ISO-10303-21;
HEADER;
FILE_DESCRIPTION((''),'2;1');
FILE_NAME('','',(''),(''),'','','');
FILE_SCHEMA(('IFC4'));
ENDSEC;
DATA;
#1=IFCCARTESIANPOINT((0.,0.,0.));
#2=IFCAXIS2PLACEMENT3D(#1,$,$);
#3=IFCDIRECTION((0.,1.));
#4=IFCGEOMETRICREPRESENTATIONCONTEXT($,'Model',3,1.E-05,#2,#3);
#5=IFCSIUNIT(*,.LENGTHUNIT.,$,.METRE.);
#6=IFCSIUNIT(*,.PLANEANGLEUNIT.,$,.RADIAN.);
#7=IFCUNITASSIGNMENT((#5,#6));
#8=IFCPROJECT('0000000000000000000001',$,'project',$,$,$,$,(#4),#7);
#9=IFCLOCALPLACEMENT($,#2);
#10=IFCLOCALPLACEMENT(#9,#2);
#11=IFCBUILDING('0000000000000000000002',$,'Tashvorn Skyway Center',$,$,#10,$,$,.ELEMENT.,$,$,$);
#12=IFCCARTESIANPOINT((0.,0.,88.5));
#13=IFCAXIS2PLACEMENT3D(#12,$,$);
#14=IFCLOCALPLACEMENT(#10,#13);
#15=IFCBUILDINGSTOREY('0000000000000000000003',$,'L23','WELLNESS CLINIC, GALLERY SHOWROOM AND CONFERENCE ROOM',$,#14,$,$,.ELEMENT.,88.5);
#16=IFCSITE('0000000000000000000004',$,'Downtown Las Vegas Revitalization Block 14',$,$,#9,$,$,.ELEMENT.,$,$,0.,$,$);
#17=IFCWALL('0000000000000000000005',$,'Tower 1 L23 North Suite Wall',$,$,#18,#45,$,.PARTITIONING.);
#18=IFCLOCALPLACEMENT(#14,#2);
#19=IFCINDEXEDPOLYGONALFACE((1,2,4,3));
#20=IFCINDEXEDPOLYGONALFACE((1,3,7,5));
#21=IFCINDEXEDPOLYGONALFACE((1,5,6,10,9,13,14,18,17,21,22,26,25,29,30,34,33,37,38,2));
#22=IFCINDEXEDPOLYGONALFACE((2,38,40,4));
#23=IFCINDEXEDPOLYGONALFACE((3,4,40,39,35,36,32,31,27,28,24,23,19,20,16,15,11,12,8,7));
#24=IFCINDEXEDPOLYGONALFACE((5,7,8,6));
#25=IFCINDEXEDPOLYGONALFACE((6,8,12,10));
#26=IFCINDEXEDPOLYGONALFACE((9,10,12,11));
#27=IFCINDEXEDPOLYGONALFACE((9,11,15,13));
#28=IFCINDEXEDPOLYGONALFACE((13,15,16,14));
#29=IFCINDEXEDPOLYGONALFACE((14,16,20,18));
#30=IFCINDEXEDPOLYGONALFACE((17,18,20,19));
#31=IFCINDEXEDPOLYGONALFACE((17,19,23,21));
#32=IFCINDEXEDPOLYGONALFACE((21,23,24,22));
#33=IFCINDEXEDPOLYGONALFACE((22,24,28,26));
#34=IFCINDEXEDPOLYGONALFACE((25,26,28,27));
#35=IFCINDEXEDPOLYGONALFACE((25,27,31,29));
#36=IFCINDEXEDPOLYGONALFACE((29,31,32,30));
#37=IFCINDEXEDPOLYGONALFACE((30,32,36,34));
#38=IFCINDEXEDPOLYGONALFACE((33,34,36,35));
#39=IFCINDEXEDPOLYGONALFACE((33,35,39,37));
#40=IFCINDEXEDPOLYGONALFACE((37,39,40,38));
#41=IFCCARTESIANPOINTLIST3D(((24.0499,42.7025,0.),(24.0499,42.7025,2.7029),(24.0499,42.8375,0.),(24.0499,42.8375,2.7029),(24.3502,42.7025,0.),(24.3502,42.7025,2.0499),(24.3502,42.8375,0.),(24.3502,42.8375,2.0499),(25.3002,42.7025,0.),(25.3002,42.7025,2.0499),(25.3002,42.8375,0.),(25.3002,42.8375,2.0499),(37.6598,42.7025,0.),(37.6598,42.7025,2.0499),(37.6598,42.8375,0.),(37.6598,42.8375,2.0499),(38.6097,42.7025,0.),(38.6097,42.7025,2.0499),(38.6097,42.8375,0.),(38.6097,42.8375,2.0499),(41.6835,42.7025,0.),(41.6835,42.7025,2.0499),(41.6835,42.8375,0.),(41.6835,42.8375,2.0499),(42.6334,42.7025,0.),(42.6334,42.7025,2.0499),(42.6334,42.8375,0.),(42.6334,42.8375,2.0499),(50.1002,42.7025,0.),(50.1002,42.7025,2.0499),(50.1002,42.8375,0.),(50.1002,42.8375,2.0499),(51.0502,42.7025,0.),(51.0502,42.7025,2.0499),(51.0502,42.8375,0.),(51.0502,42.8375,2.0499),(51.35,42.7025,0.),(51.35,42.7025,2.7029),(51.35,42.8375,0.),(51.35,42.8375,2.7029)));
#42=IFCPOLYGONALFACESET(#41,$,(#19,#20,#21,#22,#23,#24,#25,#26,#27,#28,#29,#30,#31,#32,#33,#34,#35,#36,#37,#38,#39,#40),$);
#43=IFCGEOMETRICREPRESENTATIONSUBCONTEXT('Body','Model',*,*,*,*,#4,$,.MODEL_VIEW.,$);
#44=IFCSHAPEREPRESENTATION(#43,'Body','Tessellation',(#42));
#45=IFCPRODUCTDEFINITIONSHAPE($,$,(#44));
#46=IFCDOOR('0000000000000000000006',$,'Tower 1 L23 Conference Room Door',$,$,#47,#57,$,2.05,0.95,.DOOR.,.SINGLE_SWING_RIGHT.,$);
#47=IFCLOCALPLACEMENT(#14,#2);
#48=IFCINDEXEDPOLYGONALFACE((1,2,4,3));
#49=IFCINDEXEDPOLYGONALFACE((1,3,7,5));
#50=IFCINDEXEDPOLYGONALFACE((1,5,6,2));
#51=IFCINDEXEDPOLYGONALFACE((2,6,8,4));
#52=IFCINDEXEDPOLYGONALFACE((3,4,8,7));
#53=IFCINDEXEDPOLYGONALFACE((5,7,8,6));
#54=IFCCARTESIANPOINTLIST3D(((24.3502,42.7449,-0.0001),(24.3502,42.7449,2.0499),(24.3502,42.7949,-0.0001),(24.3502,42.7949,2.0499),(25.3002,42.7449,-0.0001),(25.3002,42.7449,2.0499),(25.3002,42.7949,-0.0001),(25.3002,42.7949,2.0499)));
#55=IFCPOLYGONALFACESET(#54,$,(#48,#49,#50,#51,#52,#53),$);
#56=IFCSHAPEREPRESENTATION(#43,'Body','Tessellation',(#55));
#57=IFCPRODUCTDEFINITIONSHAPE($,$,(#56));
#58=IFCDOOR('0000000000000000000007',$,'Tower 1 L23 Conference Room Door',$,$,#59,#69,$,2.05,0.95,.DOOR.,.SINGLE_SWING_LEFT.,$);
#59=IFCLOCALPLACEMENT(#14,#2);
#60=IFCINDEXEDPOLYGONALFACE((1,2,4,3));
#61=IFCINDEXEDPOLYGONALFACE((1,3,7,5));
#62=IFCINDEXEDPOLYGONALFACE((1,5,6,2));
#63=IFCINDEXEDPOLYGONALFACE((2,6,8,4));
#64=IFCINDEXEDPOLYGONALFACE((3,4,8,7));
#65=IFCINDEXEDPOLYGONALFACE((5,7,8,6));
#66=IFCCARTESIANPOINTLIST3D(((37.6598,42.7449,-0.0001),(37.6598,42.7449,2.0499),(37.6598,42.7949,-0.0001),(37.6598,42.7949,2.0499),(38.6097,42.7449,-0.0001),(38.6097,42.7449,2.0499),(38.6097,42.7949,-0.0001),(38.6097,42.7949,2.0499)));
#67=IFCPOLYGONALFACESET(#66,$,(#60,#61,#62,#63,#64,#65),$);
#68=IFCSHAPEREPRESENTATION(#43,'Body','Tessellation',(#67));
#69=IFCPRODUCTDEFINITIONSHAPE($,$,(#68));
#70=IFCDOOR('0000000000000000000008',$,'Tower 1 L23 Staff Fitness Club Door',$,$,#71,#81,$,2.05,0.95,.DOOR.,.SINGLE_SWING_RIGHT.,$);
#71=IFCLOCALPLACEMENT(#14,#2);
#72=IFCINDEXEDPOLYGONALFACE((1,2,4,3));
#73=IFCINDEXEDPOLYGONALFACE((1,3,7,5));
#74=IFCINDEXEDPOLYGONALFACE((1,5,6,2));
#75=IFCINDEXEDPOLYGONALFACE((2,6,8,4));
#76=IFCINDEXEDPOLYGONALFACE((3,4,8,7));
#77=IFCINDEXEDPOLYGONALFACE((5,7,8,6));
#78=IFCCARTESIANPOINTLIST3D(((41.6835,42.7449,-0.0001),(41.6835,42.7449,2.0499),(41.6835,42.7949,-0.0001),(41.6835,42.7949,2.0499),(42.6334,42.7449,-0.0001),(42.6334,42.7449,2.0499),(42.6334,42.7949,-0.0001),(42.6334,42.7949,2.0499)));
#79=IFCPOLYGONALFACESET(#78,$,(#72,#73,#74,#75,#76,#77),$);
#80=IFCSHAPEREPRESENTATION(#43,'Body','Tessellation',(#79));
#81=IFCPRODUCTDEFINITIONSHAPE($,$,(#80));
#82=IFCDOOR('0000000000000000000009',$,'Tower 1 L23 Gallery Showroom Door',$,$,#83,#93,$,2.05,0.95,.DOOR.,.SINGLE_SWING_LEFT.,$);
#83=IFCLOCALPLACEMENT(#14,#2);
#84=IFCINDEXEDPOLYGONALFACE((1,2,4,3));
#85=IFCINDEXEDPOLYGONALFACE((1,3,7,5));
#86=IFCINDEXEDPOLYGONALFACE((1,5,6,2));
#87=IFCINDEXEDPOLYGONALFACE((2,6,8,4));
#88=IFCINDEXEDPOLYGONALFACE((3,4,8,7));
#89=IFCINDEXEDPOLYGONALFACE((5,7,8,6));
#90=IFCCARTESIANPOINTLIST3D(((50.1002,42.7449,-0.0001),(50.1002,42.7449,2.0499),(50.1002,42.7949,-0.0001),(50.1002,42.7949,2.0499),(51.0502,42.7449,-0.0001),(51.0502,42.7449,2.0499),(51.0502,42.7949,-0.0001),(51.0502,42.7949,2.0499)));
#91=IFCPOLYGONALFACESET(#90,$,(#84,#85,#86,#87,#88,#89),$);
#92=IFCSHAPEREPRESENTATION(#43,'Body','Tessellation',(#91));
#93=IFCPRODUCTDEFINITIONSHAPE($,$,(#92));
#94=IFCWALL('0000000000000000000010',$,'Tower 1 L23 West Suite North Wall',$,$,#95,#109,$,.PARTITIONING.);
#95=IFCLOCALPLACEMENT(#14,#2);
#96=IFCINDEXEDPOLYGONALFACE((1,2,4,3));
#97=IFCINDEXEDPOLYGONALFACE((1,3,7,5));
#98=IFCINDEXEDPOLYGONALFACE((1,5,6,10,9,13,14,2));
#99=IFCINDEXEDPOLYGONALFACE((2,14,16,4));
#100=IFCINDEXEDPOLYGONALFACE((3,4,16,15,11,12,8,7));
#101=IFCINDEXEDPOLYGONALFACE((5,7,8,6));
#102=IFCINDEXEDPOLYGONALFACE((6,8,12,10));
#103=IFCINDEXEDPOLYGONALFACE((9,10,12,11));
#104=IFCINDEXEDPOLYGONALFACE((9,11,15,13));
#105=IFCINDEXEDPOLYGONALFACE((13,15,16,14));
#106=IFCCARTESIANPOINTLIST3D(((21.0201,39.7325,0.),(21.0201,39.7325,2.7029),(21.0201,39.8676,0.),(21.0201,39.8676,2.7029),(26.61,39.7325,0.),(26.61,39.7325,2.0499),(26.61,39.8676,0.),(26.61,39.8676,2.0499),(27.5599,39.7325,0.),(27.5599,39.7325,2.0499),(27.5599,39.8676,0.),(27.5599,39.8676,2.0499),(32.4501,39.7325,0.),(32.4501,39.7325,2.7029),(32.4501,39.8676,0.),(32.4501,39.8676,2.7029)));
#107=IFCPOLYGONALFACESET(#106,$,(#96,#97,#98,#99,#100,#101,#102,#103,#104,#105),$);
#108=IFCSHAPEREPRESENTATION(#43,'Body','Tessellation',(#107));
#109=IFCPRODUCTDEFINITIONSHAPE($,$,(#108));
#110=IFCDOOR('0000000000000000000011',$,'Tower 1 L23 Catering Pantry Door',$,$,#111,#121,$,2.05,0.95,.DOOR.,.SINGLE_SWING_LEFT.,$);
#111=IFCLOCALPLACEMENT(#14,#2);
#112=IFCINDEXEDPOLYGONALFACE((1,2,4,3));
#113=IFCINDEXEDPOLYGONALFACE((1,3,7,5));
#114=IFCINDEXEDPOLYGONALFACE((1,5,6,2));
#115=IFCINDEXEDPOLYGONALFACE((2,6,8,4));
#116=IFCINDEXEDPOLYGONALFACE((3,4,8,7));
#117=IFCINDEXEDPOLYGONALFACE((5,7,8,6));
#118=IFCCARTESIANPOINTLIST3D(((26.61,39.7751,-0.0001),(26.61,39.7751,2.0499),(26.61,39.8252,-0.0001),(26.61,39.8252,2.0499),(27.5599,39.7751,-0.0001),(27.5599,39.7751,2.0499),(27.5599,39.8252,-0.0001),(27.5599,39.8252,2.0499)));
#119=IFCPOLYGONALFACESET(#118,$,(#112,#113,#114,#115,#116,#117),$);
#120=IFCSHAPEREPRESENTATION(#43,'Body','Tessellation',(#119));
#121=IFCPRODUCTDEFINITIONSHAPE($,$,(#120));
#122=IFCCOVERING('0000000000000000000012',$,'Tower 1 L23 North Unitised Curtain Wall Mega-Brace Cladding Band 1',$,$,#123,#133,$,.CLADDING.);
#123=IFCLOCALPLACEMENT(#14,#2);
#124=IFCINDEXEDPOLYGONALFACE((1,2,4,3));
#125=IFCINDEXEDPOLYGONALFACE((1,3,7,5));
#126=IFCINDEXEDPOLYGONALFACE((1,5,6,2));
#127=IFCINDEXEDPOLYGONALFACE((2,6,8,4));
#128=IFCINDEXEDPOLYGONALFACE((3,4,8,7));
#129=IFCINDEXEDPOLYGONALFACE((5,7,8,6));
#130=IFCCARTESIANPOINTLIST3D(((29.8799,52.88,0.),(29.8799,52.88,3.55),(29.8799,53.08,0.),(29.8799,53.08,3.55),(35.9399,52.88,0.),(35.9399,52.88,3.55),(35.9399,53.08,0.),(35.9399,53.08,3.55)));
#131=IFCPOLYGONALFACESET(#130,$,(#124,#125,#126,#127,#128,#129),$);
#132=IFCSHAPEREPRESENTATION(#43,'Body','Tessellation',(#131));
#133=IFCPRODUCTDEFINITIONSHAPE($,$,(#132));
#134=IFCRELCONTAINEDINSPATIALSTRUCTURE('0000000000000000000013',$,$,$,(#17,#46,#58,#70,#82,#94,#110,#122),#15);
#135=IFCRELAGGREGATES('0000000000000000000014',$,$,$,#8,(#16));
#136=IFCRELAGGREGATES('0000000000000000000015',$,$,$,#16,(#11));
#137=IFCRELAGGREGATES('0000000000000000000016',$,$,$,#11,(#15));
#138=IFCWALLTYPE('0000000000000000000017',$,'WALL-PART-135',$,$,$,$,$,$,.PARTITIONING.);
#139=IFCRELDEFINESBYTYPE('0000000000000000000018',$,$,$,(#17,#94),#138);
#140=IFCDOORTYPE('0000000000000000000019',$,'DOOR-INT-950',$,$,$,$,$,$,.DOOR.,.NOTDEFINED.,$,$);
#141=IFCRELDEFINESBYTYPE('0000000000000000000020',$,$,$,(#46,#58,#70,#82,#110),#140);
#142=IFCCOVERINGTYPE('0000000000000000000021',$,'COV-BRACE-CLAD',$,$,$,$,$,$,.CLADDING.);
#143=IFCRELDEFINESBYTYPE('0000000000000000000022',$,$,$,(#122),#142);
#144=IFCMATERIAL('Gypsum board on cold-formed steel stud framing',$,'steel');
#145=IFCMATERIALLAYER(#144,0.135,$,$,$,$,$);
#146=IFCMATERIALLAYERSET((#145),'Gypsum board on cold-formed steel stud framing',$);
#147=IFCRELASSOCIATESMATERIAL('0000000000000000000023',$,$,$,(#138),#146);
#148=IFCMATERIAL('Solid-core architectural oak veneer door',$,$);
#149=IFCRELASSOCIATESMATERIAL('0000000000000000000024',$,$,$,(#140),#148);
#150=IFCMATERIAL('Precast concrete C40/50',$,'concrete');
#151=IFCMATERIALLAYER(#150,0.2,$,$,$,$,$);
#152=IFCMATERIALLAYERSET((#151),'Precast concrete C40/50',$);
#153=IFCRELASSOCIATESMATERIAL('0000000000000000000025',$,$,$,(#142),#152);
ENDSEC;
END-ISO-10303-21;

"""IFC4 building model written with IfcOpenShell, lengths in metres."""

from ifc_helpers import new_model, si_unit, direction, frame, frame_2d, origin, origin_2d, place, context, subcontext, project, spatial, rectangle, extrude, material, layer, layer_set, type_object, element, fill, save


model = new_model("IFC4")

# Units and contexts
model_context = context("Model", 3, precision=1e-05, world=origin(), true_north=direction((0.0, 1.0)))
body_context = subcontext(model_context, "Body", "Model", "MODEL_VIEW")
ifc_project = project(units=[si_unit("LENGTHUNIT", "METRE"), si_unit("PLANEANGLEUNIT", "RADIAN")], contexts=[model_context])

# Site, building, storey
site_placement = place(None, origin())
site = spatial("IfcSite", under=ifc_project, at=site_placement, Name="Downtown Las Vegas Revitalization Block 14", CompositionType="ELEMENT", RefElevation=0.0)
building_placement = place(site_placement, origin())
building = spatial("IfcBuilding", under=site, at=building_placement, Name="Tashvorn Skyway Center", CompositionType="ELEMENT")
storey_placement = place(building_placement, frame((0.0, 0.0, 88.5)))
storey = spatial("IfcBuildingStorey", under=building, at=storey_placement, Name="L23", Description="WELLNESS CLINIC, GALLERY SHOWROOM AND CONFERENCE ROOM", CompositionType="ELEMENT", Elevation=88.5)

# Shared definitions
ifc_material_1 = material(Name="Gypsum board on cold-formed steel stud framing", Category="steel")

# Wall, openings, doors
ifc_layer_1 = layer(ifc_material_1, 0.135)
ifc_layer_set_1 = layer_set([ifc_layer_1], Name="Gypsum board on cold-formed steel stud framing")
wall_type_1 = type_object("IfcWallType", Name="WALL-PART-135", PredefinedType="PARTITIONING", material=ifc_layer_set_1)
wall_1_placement = place(storey_placement, frame((24.05, 42.77, 0.0), z_axis=(0.0, 0.0, 1.0), x_axis=(1.0, 0.0, 0.0)))
wall_1 = element("IfcWall", 1, at=wall_1_placement, inside=storey, type_object=wall_type_1, Name="Tower 1 L23 North Suite Wall", PredefinedType="PARTITIONING", context=body_context, shape_type="SweptSolid", body=[
    extrude(rectangle(XDim=27.3, YDim=0.135, at=frame_2d((13.6499, 0.0))), origin(), (0.0, 0.0, 1.0), 2.7029),
])
opening_1_placement = place(wall_1_placement, frame((0.3, 0.0, 0.0)))
opening_1 = element("IfcOpeningElement", 2, at=opening_1_placement, cuts=wall_1, PredefinedType="OPENING", context=body_context, shape_type="SweptSolid", body=[
    extrude(rectangle(XDim=0.95, YDim=2.05, at=frame_2d((0.4751, 1.0249))), frame((0.0, 0.0774, 0.0), z_axis=(0.0, -1.0, 0.0), x_axis=(1.0, 0.0, 0.0)), (0.0, 0.0, 1.0), 0.155),
])
opening_2_placement = place(wall_1_placement, frame((13.6096, 0.0, 0.0)))
opening_2 = element("IfcOpeningElement", 3, at=opening_2_placement, cuts=wall_1, PredefinedType="OPENING", context=body_context, shape_type="SweptSolid", body=[
    extrude(rectangle(XDim=0.95, YDim=2.05, at=frame_2d((0.4751, 1.0249))), frame((0.0, 0.0774, 0.0), z_axis=(0.0, -1.0, 0.0), x_axis=(1.0, 0.0, 0.0)), (0.0, 0.0, 1.0), 0.155),
])
opening_3_placement = place(wall_1_placement, frame((17.6333, 0.0, 0.0)))
opening_3 = element("IfcOpeningElement", 4, at=opening_3_placement, cuts=wall_1, PredefinedType="OPENING", context=body_context, shape_type="SweptSolid", body=[
    extrude(rectangle(XDim=0.95, YDim=2.05, at=frame_2d((0.4751, 1.0249))), frame((0.0, 0.0774, 0.0), z_axis=(0.0, -1.0, 0.0), x_axis=(1.0, 0.0, 0.0)), (0.0, 0.0, 1.0), 0.155),
])
opening_4_placement = place(wall_1_placement, frame((26.05, 0.0, 0.0)))
opening_4 = element("IfcOpeningElement", 5, at=opening_4_placement, cuts=wall_1, PredefinedType="OPENING", context=body_context, shape_type="SweptSolid", body=[
    extrude(rectangle(XDim=0.95, YDim=2.05, at=frame_2d((0.4751, 1.0249))), frame((0.0, 0.0774, 0.0), z_axis=(0.0, -1.0, 0.0), x_axis=(1.0, 0.0, 0.0)), (0.0, 0.0, 1.0), 0.155),
])
ifc_material_2 = material(Name="Solid-core architectural oak veneer door")
door_type_1 = type_object("IfcDoorType", Name="DOOR-INT-950", OperationType="NOTDEFINED", PredefinedType="DOOR", material=ifc_material_2)
door_1_placement = place(opening_1_placement, origin())
door_1 = element("IfcDoor", 6, at=door_1_placement, inside=storey, type_object=door_type_1, Name="Tower 1 L23 Conference Room Door", OperationType="SINGLE_SWING_RIGHT", OverallHeight=2.05, OverallWidth=0.95, PredefinedType="DOOR", context=body_context, shape_type="SweptSolid", body=[
    extrude(rectangle(XDim=0.95, YDim=2.05, at=frame_2d((0.4751, 1.0249))), frame((0.0, 0.0249, 0.0), z_axis=(0.0, -1.0, 0.0), x_axis=(1.0, 0.0, 0.0)), (0.0, 0.0, 1.0), 0.05),
])
fill(opening_1, door_1)
door_2_placement = place(opening_2_placement, origin())
door_2 = element("IfcDoor", 7, at=door_2_placement, inside=storey, type_object=door_type_1, Name="Tower 1 L23 Conference Room Door", OperationType="SINGLE_SWING_LEFT", OverallHeight=2.05, OverallWidth=0.95, PredefinedType="DOOR", context=body_context, shape_type="SweptSolid", body=[
    extrude(rectangle(XDim=0.95, YDim=2.05, at=frame_2d((0.4751, 1.0249))), frame((0.0, 0.0249, 0.0), z_axis=(0.0, -1.0, 0.0), x_axis=(1.0, 0.0, 0.0)), (0.0, 0.0, 1.0), 0.05),
])
fill(opening_2, door_2)
door_3_placement = place(opening_3_placement, origin())
door_3 = element("IfcDoor", 8, at=door_3_placement, inside=storey, type_object=door_type_1, Name="Tower 1 L23 Staff Fitness Club Door", OperationType="SINGLE_SWING_RIGHT", OverallHeight=2.05, OverallWidth=0.95, PredefinedType="DOOR", context=body_context, shape_type="SweptSolid", body=[
    extrude(rectangle(XDim=0.95, YDim=2.05, at=frame_2d((0.4751, 1.0249))), frame((0.0, 0.0249, 0.0), z_axis=(0.0, -1.0, 0.0), x_axis=(1.0, 0.0, 0.0)), (0.0, 0.0, 1.0), 0.05),
])
fill(opening_3, door_3)
door_4_placement = place(opening_4_placement, origin())
door_4 = element("IfcDoor", 9, at=door_4_placement, inside=storey, type_object=door_type_1, Name="Tower 1 L23 Gallery Showroom Door", OperationType="SINGLE_SWING_LEFT", OverallHeight=2.05, OverallWidth=0.95, PredefinedType="DOOR", context=body_context, shape_type="SweptSolid", body=[
    extrude(rectangle(XDim=0.95, YDim=2.05, at=frame_2d((0.4751, 1.0249))), frame((0.0, 0.0249, 0.0), z_axis=(0.0, -1.0, 0.0), x_axis=(1.0, 0.0, 0.0)), (0.0, 0.0, 1.0), 0.05),
])
fill(opening_4, door_4)

# Wall, opening, door
wall_2_placement = place(storey_placement, frame((32.45, 39.8, 0.0), z_axis=(0.0, 0.0, 1.0), x_axis=(-1.0, 0.0, 0.0)))
wall_2 = element("IfcWall", 10, at=wall_2_placement, inside=storey, type_object=wall_type_1, Name="Tower 1 L23 West Suite North Wall", PredefinedType="PARTITIONING", context=body_context, shape_type="SweptSolid", body=[
    extrude(rectangle(XDim=11.4299, YDim=0.135, at=frame_2d((5.7148, 0.0))), origin(), (0.0, 0.0, 1.0), 2.7029),
])
opening_5_placement = place(wall_2_placement, frame((4.8899, 0.0, 0.0)))
opening_5 = element("IfcOpeningElement", 11, at=opening_5_placement, cuts=wall_2, PredefinedType="OPENING", context=body_context, shape_type="SweptSolid", body=[
    extrude(rectangle(XDim=0.95, YDim=2.05, at=frame_2d((0.4751, 1.0249))), frame((0.0, 0.0774, 0.0), z_axis=(0.0, -1.0, 0.0), x_axis=(1.0, 0.0, 0.0)), (0.0, 0.0, 1.0), 0.155),
])
door_5_placement = place(opening_5_placement, origin())
door_5 = element("IfcDoor", 12, at=door_5_placement, inside=storey, type_object=door_type_1, Name="Tower 1 L23 Catering Pantry Door", OperationType="SINGLE_SWING_LEFT", OverallHeight=2.05, OverallWidth=0.95, PredefinedType="DOOR", context=body_context, shape_type="SweptSolid", body=[
    extrude(rectangle(XDim=0.95, YDim=2.05, at=frame_2d((0.4751, 1.0249))), frame((0.0, 0.0249, 0.0), z_axis=(0.0, -1.0, 0.0), x_axis=(1.0, 0.0, 0.0)), (0.0, 0.0, 1.0), 0.05),
])
fill(opening_5, door_5)

# Covering
ifc_material_3 = material(Name="Precast concrete C40/50", Category="concrete")
ifc_layer_2 = layer(ifc_material_3, 0.2)
ifc_layer_set_2 = layer_set([ifc_layer_2], Name="Precast concrete C40/50")
covering_type = type_object("IfcCoveringType", Name="COV-BRACE-CLAD", PredefinedType="CLADDING", material=ifc_layer_set_2)
covering_placement = place(storey_placement, frame((32.9099, 52.98, 0.0), z_axis=(0.0, 0.0, 1.0), x_axis=(1.0, 0.0, 0.0)))
element("IfcCovering", 13, at=covering_placement, inside=storey, type_object=covering_type, Name="Tower 1 L23 North Unitised Curtain Wall Mega-Brace Cladding Band 1", PredefinedType="CLADDING", context=body_context, shape_type="SweptSolid", body=[
    extrude(rectangle(XDim=6.0601, YDim=0.2, at=origin_2d()), origin(), (0.0, 0.0, 1.0), 3.55),
])

save(model, "model.ifc")
